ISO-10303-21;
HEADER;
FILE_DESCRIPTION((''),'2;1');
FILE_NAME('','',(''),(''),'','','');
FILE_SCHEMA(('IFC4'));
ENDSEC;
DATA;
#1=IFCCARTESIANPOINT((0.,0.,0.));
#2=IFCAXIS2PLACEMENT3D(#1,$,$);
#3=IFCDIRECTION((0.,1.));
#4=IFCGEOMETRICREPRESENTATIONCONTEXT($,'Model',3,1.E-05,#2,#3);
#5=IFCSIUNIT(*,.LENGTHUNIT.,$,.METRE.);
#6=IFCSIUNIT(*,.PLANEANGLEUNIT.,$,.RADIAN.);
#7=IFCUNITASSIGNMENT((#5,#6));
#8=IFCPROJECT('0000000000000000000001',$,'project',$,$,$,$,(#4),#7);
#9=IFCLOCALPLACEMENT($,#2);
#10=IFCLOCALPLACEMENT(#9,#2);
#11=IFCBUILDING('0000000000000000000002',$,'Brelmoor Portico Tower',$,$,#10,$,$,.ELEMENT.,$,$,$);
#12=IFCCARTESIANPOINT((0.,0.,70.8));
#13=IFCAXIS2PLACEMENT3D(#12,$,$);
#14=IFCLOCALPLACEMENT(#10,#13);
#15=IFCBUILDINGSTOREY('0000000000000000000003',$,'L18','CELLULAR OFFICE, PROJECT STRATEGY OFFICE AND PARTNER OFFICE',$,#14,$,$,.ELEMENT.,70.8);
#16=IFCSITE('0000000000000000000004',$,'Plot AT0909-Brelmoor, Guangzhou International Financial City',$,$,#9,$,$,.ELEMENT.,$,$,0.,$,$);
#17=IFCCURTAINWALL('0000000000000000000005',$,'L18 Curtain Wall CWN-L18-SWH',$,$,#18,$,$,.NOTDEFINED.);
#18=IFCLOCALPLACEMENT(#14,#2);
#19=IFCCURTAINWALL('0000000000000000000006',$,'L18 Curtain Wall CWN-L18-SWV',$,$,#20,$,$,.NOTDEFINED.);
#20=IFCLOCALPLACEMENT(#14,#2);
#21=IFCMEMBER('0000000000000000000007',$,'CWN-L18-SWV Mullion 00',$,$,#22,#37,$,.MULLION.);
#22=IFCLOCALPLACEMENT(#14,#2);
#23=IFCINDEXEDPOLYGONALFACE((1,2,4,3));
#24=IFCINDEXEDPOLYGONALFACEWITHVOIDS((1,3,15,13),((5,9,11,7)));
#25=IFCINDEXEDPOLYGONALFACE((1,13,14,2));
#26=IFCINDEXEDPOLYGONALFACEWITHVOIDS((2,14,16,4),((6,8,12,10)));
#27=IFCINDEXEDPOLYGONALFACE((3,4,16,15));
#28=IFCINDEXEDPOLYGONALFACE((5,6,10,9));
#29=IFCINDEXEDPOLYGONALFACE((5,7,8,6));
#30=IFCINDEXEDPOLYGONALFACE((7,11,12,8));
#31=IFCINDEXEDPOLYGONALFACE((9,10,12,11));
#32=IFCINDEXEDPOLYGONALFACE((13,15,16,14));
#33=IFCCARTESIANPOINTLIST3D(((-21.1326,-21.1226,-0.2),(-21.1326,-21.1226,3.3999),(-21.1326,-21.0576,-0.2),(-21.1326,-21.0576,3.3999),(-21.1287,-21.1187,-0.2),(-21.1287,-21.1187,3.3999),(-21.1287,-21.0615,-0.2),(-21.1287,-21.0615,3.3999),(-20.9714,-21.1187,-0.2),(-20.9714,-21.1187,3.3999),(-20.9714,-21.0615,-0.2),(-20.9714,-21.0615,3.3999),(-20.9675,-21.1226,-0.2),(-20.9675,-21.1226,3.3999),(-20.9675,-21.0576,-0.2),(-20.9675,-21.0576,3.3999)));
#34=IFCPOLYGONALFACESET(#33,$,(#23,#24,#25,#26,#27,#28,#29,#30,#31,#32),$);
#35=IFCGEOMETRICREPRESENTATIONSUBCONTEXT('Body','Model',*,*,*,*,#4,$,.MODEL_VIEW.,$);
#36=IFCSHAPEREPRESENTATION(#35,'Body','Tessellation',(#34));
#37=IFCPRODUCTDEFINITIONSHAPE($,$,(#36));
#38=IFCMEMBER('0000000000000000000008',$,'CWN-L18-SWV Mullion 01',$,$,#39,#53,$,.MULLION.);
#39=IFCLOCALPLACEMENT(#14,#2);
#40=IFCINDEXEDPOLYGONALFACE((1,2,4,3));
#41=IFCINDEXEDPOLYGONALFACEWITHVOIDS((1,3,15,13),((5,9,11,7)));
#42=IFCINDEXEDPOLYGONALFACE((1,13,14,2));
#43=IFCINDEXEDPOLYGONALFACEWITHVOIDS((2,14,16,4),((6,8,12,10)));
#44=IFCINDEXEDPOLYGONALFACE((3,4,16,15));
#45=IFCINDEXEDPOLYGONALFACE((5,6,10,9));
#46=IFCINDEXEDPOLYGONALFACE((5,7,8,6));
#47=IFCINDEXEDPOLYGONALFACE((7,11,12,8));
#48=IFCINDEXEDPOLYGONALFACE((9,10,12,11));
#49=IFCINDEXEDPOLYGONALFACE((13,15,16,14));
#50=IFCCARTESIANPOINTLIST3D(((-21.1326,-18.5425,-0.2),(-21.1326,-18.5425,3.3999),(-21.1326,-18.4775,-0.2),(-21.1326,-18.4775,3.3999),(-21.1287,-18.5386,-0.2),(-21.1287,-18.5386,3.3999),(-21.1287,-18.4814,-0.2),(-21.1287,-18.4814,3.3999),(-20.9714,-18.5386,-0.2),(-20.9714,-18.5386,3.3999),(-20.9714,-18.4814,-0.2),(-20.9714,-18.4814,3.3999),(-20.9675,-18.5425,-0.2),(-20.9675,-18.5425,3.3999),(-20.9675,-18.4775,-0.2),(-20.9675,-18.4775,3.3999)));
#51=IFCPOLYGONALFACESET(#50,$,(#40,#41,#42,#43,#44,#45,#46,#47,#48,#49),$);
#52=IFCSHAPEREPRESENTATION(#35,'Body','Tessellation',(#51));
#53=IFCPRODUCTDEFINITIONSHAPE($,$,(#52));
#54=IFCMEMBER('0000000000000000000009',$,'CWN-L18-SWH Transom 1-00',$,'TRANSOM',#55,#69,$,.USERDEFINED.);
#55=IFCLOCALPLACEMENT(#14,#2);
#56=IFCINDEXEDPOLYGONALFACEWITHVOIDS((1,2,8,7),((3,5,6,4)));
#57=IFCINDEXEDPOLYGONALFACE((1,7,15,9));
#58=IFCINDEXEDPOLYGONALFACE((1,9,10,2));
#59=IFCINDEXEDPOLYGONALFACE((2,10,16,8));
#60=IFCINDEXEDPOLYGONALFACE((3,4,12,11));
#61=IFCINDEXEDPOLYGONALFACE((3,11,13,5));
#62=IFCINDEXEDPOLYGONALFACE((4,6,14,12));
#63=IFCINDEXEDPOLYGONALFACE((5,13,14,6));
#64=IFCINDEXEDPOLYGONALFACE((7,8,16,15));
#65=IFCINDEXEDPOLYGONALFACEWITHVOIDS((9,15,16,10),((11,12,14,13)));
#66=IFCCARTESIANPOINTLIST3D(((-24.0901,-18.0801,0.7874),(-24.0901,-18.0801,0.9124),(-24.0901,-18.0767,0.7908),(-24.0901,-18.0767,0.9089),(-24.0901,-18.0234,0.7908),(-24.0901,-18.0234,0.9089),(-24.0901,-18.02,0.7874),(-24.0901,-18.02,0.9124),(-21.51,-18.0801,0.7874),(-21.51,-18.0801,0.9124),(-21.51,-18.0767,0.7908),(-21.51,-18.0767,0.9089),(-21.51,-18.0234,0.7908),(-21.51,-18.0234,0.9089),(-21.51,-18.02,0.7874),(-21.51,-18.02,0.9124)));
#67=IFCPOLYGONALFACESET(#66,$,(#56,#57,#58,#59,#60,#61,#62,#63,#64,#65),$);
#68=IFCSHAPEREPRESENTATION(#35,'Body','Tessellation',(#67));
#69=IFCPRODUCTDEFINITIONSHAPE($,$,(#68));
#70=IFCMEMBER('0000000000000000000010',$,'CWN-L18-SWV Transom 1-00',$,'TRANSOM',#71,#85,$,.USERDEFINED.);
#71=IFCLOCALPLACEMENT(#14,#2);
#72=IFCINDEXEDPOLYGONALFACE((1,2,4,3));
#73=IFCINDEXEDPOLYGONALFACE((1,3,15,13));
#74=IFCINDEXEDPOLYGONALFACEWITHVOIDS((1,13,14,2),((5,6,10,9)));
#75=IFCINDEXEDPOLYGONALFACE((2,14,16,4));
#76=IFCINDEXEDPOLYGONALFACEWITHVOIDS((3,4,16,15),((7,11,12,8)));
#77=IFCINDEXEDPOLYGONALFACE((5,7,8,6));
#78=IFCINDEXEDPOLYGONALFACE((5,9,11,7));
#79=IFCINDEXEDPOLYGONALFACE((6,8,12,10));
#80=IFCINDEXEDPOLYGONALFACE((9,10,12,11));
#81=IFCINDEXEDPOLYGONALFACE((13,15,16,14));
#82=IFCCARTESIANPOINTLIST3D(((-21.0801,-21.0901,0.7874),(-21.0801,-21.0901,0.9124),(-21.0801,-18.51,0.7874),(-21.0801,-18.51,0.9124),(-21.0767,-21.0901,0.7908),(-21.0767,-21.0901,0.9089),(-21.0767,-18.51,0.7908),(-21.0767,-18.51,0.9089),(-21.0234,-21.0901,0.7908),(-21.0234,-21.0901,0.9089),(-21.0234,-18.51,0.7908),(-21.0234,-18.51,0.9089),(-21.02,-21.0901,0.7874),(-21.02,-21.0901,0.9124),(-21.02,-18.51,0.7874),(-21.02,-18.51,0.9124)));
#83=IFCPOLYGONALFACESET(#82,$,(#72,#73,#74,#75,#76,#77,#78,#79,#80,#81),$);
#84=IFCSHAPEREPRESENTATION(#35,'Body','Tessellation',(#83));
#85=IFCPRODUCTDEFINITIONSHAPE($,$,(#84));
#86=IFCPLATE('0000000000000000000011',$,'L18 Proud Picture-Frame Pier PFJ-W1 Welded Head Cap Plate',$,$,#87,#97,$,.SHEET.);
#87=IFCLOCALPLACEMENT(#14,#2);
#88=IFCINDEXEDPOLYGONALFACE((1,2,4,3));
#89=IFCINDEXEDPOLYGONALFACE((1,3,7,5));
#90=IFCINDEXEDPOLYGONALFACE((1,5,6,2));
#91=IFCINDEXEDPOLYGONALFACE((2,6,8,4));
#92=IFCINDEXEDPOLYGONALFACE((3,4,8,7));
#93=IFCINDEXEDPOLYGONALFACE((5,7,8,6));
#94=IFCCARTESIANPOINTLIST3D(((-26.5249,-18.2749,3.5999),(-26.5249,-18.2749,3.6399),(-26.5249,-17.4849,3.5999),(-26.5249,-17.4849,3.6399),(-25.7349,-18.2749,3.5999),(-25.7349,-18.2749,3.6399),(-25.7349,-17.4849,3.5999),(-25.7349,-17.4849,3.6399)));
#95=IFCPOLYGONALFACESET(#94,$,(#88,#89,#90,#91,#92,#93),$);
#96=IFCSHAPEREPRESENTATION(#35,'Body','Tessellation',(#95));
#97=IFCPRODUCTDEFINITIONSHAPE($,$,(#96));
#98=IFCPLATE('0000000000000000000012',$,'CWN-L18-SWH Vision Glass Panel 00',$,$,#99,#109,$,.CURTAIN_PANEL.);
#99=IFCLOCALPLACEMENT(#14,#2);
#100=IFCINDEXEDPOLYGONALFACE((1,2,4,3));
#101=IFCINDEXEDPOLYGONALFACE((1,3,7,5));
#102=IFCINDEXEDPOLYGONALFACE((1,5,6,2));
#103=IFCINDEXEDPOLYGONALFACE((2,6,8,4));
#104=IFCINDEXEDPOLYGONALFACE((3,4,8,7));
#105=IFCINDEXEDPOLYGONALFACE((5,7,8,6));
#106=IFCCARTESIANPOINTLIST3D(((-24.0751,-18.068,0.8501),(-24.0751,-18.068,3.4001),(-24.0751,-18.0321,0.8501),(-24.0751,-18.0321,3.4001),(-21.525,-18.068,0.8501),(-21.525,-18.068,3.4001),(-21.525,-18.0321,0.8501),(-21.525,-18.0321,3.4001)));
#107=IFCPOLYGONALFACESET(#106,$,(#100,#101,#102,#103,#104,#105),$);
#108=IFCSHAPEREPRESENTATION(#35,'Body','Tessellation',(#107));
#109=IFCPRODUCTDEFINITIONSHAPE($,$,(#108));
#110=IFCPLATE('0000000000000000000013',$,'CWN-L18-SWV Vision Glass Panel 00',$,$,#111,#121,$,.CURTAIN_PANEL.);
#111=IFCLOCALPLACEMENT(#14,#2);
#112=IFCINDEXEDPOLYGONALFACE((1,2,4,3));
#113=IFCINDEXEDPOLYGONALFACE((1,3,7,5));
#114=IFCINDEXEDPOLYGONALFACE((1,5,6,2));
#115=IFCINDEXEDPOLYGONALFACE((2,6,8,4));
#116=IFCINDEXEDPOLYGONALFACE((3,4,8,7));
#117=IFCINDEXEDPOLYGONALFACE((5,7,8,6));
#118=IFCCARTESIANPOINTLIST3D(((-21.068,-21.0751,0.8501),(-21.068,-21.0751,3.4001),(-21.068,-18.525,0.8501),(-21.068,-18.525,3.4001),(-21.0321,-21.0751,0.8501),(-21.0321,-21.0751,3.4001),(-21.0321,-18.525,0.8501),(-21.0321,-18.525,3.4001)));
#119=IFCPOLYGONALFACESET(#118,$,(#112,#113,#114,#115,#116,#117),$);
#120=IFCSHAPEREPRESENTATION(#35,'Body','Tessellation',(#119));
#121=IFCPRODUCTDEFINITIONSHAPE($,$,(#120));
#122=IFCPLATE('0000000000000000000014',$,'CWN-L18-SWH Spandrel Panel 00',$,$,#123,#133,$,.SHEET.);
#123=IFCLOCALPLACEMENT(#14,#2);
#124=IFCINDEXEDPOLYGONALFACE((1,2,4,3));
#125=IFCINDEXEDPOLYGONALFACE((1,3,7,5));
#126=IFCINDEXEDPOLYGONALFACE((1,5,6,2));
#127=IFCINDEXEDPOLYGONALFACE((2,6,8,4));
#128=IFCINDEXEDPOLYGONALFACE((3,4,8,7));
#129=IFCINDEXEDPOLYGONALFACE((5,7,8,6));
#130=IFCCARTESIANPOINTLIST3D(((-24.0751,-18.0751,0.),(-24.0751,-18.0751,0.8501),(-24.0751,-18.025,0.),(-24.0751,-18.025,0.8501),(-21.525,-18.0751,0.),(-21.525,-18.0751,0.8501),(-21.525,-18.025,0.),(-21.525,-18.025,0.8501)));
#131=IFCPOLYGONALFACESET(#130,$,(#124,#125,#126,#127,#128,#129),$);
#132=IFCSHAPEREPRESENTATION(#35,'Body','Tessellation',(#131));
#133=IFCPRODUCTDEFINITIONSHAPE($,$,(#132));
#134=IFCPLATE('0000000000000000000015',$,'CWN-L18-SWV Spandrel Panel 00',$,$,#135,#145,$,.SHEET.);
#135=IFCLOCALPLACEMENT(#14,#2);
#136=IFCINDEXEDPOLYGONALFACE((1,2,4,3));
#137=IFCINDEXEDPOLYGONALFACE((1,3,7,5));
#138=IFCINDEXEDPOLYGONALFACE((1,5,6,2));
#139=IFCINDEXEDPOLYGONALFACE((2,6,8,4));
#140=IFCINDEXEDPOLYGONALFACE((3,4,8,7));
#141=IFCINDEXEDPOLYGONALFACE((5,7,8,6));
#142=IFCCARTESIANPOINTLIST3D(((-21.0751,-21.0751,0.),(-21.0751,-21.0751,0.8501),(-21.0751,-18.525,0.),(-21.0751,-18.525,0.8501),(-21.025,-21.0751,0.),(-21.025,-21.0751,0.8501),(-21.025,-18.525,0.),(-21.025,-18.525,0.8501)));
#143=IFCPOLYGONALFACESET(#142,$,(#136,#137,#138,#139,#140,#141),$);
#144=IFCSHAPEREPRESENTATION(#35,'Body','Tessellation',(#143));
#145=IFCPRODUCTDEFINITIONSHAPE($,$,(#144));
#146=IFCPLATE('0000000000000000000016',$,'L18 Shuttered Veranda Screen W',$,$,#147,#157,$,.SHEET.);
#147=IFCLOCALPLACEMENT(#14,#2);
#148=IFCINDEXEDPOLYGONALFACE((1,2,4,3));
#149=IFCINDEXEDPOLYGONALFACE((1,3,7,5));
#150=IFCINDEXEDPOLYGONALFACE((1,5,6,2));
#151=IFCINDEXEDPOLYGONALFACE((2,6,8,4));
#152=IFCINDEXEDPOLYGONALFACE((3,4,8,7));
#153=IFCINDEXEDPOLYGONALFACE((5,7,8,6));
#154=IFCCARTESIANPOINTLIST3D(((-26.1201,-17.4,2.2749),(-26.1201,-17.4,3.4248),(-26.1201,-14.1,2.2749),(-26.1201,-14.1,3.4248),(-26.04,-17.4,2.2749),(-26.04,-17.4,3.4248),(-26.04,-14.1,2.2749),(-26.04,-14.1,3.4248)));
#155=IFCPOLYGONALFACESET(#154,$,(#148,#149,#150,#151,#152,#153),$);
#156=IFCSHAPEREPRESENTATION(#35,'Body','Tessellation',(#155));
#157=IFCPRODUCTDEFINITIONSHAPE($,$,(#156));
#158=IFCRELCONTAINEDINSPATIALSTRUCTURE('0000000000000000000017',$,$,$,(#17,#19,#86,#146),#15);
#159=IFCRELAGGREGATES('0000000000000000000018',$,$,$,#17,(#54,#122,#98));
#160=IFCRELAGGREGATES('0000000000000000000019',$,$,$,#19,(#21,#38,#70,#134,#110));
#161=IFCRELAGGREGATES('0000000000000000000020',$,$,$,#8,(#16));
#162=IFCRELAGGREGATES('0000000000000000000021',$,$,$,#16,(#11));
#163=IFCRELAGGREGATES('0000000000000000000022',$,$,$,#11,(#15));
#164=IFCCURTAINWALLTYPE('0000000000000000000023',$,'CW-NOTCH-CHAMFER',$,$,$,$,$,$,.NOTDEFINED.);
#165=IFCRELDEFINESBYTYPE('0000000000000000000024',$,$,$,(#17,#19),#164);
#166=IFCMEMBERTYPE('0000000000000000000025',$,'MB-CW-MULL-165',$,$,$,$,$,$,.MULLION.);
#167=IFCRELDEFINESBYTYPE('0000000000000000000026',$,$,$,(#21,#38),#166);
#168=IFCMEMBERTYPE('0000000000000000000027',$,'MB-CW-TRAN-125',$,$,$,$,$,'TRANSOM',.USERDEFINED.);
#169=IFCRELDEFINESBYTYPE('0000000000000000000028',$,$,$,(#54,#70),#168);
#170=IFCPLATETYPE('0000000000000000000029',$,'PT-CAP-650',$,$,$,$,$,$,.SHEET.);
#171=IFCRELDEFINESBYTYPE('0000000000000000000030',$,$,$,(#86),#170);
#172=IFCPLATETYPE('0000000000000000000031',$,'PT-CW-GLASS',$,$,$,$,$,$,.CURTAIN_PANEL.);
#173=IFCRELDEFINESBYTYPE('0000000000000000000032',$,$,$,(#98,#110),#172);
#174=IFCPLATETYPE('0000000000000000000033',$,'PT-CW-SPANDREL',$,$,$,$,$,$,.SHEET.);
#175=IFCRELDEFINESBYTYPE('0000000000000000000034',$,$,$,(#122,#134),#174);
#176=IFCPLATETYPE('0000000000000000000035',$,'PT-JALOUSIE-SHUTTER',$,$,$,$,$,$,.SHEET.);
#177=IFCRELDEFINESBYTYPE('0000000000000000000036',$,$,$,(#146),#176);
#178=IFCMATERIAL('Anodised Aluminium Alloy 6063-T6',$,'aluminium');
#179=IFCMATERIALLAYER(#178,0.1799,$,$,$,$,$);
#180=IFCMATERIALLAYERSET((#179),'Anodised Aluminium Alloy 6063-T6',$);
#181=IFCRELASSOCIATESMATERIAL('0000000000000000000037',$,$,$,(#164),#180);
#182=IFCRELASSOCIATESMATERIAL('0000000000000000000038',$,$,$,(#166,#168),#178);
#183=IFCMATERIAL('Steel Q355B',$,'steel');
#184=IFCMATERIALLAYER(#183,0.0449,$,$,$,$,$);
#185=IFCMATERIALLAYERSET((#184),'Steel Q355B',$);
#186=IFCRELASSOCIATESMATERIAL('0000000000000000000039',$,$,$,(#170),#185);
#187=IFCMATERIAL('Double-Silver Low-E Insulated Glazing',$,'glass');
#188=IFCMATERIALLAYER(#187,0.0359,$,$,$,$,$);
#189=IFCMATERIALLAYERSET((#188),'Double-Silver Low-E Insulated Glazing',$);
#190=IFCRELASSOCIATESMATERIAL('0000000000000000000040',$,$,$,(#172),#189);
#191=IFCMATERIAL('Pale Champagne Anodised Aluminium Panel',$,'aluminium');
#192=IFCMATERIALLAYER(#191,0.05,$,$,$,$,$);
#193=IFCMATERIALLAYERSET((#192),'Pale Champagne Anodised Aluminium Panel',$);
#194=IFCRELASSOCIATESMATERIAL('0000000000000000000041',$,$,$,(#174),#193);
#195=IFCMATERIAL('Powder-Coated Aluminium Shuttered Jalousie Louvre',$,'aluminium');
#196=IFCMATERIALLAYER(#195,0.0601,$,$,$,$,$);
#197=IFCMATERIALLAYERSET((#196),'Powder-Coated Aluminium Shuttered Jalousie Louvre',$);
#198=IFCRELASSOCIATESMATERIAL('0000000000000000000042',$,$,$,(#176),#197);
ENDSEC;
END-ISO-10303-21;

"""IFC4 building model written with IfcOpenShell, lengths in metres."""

from ifc_helpers import new_model, si_unit, direction, frame, origin, origin_2d, place, context, subcontext, project, spatial, rectangle, hollow_rectangle, extrude, material, layer, layer_set, material_profile, profile_set, type_object, element, aggregate, save


model = new_model("IFC4")

# Units and contexts
model_context = context("Model", 3, precision=1e-05, world=origin(), true_north=direction((0.0, 1.0)))
body_context = subcontext(model_context, "Body", "Model", "MODEL_VIEW")
ifc_project = project(units=[si_unit("LENGTHUNIT", "METRE"), si_unit("PLANEANGLEUNIT", "RADIAN")], contexts=[model_context])

# Site, building, storey
site_placement = place(None, origin())
site = spatial("IfcSite", under=ifc_project, at=site_placement, Name="Plot AT0909-Brelmoor, Guangzhou International Financial City", CompositionType="ELEMENT", RefElevation=0.0)
building_placement = place(site_placement, origin())
building = spatial("IfcBuilding", under=site, at=building_placement, Name="Brelmoor Portico Tower", CompositionType="ELEMENT")
storey_placement = place(building_placement, frame((0.0, 0.0, 70.8)))
storey = spatial("IfcBuildingStorey", under=building, at=storey_placement, Name="L18", Description="CELLULAR OFFICE, PROJECT STRATEGY OFFICE AND PARTNER OFFICE", CompositionType="ELEMENT", Elevation=70.8)

# Shared definitions
ifc_material_1 = material(Name="Steel Q355B", Category="steel")

# Curtain walls, members
ifc_material_2 = material(Name="Anodised Aluminium Alloy 6063-T6", Category="aluminium")
ifc_layer_1 = layer(ifc_material_2, 0.1799)
ifc_layer_set_1 = layer_set([ifc_layer_1], Name="Anodised Aluminium Alloy 6063-T6")
curtain_wall_type = type_object("IfcCurtainWallType", Name="CW-NOTCH-CHAMFER", PredefinedType="NOTDEFINED", material=ifc_layer_set_1)
curtain_wall_1_placement = place(storey_placement, origin())
curtain_wall_1 = element("IfcCurtainWall", 1, at=curtain_wall_1_placement, inside=storey, type_object=curtain_wall_type, Name="L18 Curtain Wall CWN-L18-SWH", PredefinedType="NOTDEFINED")
ifc_material_profile_1 = material_profile(ifc_material_2, hollow_rectangle(XDim=0.0649, YDim=0.165, WallThickness=0.0039, at=origin_2d()), Name="ALU MULLION 65x165")
ifc_profile_set_1 = profile_set([ifc_material_profile_1], Name="Anodised Aluminium Alloy 6063-T6")
member_type_1 = type_object("IfcMemberType", Name="MB-CW-MULL-165", PredefinedType="MULLION", material=ifc_profile_set_1)
curtain_wall_2_placement = place(storey_placement, origin())
curtain_wall_2 = element("IfcCurtainWall", 2, at=curtain_wall_2_placement, inside=storey, type_object=curtain_wall_type, Name="L18 Curtain Wall CWN-L18-SWV", PredefinedType="NOTDEFINED")
member_1_placement = place(storey_placement, frame((-21.05, -21.0901, -0.2), z_axis=(0.0, 0.0, 1.0), x_axis=(0.0, 1.0, 0.0)))
member_1 = element("IfcMember", 3, at=member_1_placement, type_object=member_type_1, Name="CWN-L18-SWV Mullion 00", PredefinedType="MULLION", context=body_context, shape_type="SweptSolid", body=[
    extrude(hollow_rectangle(XDim=0.0649, YDim=0.165, WallThickness=0.0039, at=origin_2d()), origin(), (0.0, 0.0, 1.0), 3.5999),
])
member_2_placement = place(storey_placement, frame((-21.05, -18.51, -0.2), z_axis=(0.0, 0.0, 1.0), x_axis=(0.0, 1.0, 0.0)))
member_2 = element("IfcMember", 4, at=member_2_placement, type_object=member_type_1, Name="CWN-L18-SWV Mullion 01", PredefinedType="MULLION", context=body_context, shape_type="SweptSolid", body=[
    extrude(hollow_rectangle(XDim=0.0649, YDim=0.165, WallThickness=0.0039, at=origin_2d()), origin(), (0.0, 0.0, 1.0), 3.5999),
])

# Members
ifc_material_profile_2 = material_profile(ifc_material_2, hollow_rectangle(XDim=0.0601, YDim=0.125, WallThickness=0.0034, at=origin_2d()), Name="ALU TRANSOM 60x125")
ifc_profile_set_2 = profile_set([ifc_material_profile_2], Name="Anodised Aluminium Alloy 6063-T6")
member_type_2 = type_object("IfcMemberType", Name="MB-CW-TRAN-125", ElementType="TRANSOM", PredefinedType="USERDEFINED", material=ifc_profile_set_2)
member_3_placement = place(storey_placement, frame((-24.0901, -18.05, 0.8499), z_axis=(1.0, 0.0, 0.0), x_axis=(0.0, 1.0, 0.0)))
member_3 = element("IfcMember", 5, at=member_3_placement, type_object=member_type_2, Name="CWN-L18-SWH Transom 1-00", ObjectType="TRANSOM", PredefinedType="USERDEFINED", context=body_context, shape_type="SweptSolid", body=[
    extrude(hollow_rectangle(XDim=0.0601, YDim=0.125, WallThickness=0.0034, at=origin_2d()), origin(), (0.0, 0.0, 1.0), 2.5801),
])
member_4_placement = place(storey_placement, frame((-21.05, -21.0901, 0.8499), z_axis=(0.0, 1.0, 0.0), x_axis=(-1.0, 0.0, 0.0)))
member_4 = element("IfcMember", 6, at=member_4_placement, type_object=member_type_2, Name="CWN-L18-SWV Transom 1-00", ObjectType="TRANSOM", PredefinedType="USERDEFINED", context=body_context, shape_type="SweptSolid", body=[
    extrude(hollow_rectangle(XDim=0.0601, YDim=0.125, WallThickness=0.0034, at=origin_2d()), origin(), (0.0, 0.0, 1.0), 2.5801),
])

# Plates
ifc_layer_2 = layer(ifc_material_1, 0.0449)
ifc_layer_set_2 = layer_set([ifc_layer_2], Name="Steel Q355B")
plate_type_1 = type_object("IfcPlateType", Name="PT-CAP-650", PredefinedType="SHEET", material=ifc_layer_set_2)
plate_1_placement = place(storey_placement, frame((-26.1299, -17.8799, 3.5999), z_axis=(0.0, 0.0, 1.0), x_axis=(0.0, 1.0, 0.0)))
element("IfcPlate", 7, at=plate_1_placement, inside=storey, type_object=plate_type_1, Name="L18 Proud Picture-Frame Pier PFJ-W1 Welded Head Cap Plate", PredefinedType="SHEET", context=body_context, shape_type="SweptSolid", body=[
    extrude(rectangle(XDim=0.79, YDim=0.79, at=origin_2d()), origin(), (0.0, 0.0, 1.0), 0.04),
])
ifc_material_3 = material(Name="Double-Silver Low-E Insulated Glazing", Category="glass")
ifc_layer_3 = layer(ifc_material_3, 0.0359)
ifc_layer_set_3 = layer_set([ifc_layer_3], Name="Double-Silver Low-E Insulated Glazing")
plate_type_2 = type_object("IfcPlateType", Name="PT-CW-GLASS", PredefinedType="CURTAIN_PANEL", material=ifc_layer_set_3)
plate_2_placement = place(storey_placement, frame((-22.8, -18.05, 0.8501), z_axis=(0.0, 0.0, 1.0), x_axis=(1.0, 0.0, 0.0)))
plate_2 = element("IfcPlate", 8, at=plate_2_placement, type_object=plate_type_2, Name="CWN-L18-SWH Vision Glass Panel 00", PredefinedType="CURTAIN_PANEL", context=body_context, shape_type="SweptSolid", body=[
    extrude(rectangle(XDim=2.55, YDim=0.0359, at=origin_2d()), origin(), (0.0, 0.0, 1.0), 2.55),
])
plate_3_placement = place(storey_placement, frame((-21.05, -19.8, 0.8501), z_axis=(0.0, 0.0, 1.0), x_axis=(0.0, 1.0, 0.0)))
plate_3 = element("IfcPlate", 9, at=plate_3_placement, type_object=plate_type_2, Name="CWN-L18-SWV Vision Glass Panel 00", PredefinedType="CURTAIN_PANEL", context=body_context, shape_type="SweptSolid", body=[
    extrude(rectangle(XDim=2.55, YDim=0.0359, at=origin_2d()), origin(), (0.0, 0.0, 1.0), 2.55),
])
ifc_material_4 = material(Name="Pale Champagne Anodised Aluminium Panel", Category="aluminium")
ifc_layer_4 = layer(ifc_material_4, 0.05)
ifc_layer_set_4 = layer_set([ifc_layer_4], Name="Pale Champagne Anodised Aluminium Panel")
plate_type_3 = type_object("IfcPlateType", Name="PT-CW-SPANDREL", PredefinedType="SHEET", material=ifc_layer_set_4)
plate_4_placement = place(storey_placement, frame((-22.8, -18.05, 0.0), z_axis=(0.0, 0.0, 1.0), x_axis=(1.0, 0.0, 0.0)))
plate_4 = element("IfcPlate", 10, at=plate_4_placement, type_object=plate_type_3, Name="CWN-L18-SWH Spandrel Panel 00", PredefinedType="SHEET", context=body_context, shape_type="SweptSolid", body=[
    extrude(rectangle(XDim=2.55, YDim=0.05, at=origin_2d()), origin(), (0.0, 0.0, 1.0), 0.8501),
])
aggregate(curtain_wall_1, [member_3, plate_4, plate_2])
plate_5_placement = place(storey_placement, frame((-21.05, -19.8, 0.0), z_axis=(0.0, 0.0, 1.0), x_axis=(0.0, 1.0, 0.0)))
plate_5 = element("IfcPlate", 11, at=plate_5_placement, type_object=plate_type_3, Name="CWN-L18-SWV Spandrel Panel 00", PredefinedType="SHEET", context=body_context, shape_type="SweptSolid", body=[
    extrude(rectangle(XDim=2.55, YDim=0.05, at=origin_2d()), origin(), (0.0, 0.0, 1.0), 0.8501),
])
aggregate(curtain_wall_2, [member_1, member_2, member_4, plate_5, plate_3])
ifc_material_5 = material(Name="Powder-Coated Aluminium Shuttered Jalousie Louvre", Category="aluminium")
ifc_layer_5 = layer(ifc_material_5, 0.0601)
ifc_layer_set_5 = layer_set([ifc_layer_5], Name="Powder-Coated Aluminium Shuttered Jalousie Louvre")
plate_type_4 = type_object("IfcPlateType", Name="PT-JALOUSIE-SHUTTER", PredefinedType="SHEET", material=ifc_layer_set_5)
plate_6_placement = place(storey_placement, frame((-26.0801, -15.75, 2.2749), z_axis=(0.0, 0.0, 1.0), x_axis=(0.0, 1.0, 0.0)))
element("IfcPlate", 12, at=plate_6_placement, inside=storey, type_object=plate_type_4, Name="L18 Shuttered Veranda Screen W", PredefinedType="SHEET", context=body_context, shape_type="SweptSolid", body=[
    extrude(rectangle(XDim=3.3, YDim=0.0801, at=origin_2d()), origin(), (0.0, 0.0, 1.0), 1.1499),
])

save(model, "model.ifc")
